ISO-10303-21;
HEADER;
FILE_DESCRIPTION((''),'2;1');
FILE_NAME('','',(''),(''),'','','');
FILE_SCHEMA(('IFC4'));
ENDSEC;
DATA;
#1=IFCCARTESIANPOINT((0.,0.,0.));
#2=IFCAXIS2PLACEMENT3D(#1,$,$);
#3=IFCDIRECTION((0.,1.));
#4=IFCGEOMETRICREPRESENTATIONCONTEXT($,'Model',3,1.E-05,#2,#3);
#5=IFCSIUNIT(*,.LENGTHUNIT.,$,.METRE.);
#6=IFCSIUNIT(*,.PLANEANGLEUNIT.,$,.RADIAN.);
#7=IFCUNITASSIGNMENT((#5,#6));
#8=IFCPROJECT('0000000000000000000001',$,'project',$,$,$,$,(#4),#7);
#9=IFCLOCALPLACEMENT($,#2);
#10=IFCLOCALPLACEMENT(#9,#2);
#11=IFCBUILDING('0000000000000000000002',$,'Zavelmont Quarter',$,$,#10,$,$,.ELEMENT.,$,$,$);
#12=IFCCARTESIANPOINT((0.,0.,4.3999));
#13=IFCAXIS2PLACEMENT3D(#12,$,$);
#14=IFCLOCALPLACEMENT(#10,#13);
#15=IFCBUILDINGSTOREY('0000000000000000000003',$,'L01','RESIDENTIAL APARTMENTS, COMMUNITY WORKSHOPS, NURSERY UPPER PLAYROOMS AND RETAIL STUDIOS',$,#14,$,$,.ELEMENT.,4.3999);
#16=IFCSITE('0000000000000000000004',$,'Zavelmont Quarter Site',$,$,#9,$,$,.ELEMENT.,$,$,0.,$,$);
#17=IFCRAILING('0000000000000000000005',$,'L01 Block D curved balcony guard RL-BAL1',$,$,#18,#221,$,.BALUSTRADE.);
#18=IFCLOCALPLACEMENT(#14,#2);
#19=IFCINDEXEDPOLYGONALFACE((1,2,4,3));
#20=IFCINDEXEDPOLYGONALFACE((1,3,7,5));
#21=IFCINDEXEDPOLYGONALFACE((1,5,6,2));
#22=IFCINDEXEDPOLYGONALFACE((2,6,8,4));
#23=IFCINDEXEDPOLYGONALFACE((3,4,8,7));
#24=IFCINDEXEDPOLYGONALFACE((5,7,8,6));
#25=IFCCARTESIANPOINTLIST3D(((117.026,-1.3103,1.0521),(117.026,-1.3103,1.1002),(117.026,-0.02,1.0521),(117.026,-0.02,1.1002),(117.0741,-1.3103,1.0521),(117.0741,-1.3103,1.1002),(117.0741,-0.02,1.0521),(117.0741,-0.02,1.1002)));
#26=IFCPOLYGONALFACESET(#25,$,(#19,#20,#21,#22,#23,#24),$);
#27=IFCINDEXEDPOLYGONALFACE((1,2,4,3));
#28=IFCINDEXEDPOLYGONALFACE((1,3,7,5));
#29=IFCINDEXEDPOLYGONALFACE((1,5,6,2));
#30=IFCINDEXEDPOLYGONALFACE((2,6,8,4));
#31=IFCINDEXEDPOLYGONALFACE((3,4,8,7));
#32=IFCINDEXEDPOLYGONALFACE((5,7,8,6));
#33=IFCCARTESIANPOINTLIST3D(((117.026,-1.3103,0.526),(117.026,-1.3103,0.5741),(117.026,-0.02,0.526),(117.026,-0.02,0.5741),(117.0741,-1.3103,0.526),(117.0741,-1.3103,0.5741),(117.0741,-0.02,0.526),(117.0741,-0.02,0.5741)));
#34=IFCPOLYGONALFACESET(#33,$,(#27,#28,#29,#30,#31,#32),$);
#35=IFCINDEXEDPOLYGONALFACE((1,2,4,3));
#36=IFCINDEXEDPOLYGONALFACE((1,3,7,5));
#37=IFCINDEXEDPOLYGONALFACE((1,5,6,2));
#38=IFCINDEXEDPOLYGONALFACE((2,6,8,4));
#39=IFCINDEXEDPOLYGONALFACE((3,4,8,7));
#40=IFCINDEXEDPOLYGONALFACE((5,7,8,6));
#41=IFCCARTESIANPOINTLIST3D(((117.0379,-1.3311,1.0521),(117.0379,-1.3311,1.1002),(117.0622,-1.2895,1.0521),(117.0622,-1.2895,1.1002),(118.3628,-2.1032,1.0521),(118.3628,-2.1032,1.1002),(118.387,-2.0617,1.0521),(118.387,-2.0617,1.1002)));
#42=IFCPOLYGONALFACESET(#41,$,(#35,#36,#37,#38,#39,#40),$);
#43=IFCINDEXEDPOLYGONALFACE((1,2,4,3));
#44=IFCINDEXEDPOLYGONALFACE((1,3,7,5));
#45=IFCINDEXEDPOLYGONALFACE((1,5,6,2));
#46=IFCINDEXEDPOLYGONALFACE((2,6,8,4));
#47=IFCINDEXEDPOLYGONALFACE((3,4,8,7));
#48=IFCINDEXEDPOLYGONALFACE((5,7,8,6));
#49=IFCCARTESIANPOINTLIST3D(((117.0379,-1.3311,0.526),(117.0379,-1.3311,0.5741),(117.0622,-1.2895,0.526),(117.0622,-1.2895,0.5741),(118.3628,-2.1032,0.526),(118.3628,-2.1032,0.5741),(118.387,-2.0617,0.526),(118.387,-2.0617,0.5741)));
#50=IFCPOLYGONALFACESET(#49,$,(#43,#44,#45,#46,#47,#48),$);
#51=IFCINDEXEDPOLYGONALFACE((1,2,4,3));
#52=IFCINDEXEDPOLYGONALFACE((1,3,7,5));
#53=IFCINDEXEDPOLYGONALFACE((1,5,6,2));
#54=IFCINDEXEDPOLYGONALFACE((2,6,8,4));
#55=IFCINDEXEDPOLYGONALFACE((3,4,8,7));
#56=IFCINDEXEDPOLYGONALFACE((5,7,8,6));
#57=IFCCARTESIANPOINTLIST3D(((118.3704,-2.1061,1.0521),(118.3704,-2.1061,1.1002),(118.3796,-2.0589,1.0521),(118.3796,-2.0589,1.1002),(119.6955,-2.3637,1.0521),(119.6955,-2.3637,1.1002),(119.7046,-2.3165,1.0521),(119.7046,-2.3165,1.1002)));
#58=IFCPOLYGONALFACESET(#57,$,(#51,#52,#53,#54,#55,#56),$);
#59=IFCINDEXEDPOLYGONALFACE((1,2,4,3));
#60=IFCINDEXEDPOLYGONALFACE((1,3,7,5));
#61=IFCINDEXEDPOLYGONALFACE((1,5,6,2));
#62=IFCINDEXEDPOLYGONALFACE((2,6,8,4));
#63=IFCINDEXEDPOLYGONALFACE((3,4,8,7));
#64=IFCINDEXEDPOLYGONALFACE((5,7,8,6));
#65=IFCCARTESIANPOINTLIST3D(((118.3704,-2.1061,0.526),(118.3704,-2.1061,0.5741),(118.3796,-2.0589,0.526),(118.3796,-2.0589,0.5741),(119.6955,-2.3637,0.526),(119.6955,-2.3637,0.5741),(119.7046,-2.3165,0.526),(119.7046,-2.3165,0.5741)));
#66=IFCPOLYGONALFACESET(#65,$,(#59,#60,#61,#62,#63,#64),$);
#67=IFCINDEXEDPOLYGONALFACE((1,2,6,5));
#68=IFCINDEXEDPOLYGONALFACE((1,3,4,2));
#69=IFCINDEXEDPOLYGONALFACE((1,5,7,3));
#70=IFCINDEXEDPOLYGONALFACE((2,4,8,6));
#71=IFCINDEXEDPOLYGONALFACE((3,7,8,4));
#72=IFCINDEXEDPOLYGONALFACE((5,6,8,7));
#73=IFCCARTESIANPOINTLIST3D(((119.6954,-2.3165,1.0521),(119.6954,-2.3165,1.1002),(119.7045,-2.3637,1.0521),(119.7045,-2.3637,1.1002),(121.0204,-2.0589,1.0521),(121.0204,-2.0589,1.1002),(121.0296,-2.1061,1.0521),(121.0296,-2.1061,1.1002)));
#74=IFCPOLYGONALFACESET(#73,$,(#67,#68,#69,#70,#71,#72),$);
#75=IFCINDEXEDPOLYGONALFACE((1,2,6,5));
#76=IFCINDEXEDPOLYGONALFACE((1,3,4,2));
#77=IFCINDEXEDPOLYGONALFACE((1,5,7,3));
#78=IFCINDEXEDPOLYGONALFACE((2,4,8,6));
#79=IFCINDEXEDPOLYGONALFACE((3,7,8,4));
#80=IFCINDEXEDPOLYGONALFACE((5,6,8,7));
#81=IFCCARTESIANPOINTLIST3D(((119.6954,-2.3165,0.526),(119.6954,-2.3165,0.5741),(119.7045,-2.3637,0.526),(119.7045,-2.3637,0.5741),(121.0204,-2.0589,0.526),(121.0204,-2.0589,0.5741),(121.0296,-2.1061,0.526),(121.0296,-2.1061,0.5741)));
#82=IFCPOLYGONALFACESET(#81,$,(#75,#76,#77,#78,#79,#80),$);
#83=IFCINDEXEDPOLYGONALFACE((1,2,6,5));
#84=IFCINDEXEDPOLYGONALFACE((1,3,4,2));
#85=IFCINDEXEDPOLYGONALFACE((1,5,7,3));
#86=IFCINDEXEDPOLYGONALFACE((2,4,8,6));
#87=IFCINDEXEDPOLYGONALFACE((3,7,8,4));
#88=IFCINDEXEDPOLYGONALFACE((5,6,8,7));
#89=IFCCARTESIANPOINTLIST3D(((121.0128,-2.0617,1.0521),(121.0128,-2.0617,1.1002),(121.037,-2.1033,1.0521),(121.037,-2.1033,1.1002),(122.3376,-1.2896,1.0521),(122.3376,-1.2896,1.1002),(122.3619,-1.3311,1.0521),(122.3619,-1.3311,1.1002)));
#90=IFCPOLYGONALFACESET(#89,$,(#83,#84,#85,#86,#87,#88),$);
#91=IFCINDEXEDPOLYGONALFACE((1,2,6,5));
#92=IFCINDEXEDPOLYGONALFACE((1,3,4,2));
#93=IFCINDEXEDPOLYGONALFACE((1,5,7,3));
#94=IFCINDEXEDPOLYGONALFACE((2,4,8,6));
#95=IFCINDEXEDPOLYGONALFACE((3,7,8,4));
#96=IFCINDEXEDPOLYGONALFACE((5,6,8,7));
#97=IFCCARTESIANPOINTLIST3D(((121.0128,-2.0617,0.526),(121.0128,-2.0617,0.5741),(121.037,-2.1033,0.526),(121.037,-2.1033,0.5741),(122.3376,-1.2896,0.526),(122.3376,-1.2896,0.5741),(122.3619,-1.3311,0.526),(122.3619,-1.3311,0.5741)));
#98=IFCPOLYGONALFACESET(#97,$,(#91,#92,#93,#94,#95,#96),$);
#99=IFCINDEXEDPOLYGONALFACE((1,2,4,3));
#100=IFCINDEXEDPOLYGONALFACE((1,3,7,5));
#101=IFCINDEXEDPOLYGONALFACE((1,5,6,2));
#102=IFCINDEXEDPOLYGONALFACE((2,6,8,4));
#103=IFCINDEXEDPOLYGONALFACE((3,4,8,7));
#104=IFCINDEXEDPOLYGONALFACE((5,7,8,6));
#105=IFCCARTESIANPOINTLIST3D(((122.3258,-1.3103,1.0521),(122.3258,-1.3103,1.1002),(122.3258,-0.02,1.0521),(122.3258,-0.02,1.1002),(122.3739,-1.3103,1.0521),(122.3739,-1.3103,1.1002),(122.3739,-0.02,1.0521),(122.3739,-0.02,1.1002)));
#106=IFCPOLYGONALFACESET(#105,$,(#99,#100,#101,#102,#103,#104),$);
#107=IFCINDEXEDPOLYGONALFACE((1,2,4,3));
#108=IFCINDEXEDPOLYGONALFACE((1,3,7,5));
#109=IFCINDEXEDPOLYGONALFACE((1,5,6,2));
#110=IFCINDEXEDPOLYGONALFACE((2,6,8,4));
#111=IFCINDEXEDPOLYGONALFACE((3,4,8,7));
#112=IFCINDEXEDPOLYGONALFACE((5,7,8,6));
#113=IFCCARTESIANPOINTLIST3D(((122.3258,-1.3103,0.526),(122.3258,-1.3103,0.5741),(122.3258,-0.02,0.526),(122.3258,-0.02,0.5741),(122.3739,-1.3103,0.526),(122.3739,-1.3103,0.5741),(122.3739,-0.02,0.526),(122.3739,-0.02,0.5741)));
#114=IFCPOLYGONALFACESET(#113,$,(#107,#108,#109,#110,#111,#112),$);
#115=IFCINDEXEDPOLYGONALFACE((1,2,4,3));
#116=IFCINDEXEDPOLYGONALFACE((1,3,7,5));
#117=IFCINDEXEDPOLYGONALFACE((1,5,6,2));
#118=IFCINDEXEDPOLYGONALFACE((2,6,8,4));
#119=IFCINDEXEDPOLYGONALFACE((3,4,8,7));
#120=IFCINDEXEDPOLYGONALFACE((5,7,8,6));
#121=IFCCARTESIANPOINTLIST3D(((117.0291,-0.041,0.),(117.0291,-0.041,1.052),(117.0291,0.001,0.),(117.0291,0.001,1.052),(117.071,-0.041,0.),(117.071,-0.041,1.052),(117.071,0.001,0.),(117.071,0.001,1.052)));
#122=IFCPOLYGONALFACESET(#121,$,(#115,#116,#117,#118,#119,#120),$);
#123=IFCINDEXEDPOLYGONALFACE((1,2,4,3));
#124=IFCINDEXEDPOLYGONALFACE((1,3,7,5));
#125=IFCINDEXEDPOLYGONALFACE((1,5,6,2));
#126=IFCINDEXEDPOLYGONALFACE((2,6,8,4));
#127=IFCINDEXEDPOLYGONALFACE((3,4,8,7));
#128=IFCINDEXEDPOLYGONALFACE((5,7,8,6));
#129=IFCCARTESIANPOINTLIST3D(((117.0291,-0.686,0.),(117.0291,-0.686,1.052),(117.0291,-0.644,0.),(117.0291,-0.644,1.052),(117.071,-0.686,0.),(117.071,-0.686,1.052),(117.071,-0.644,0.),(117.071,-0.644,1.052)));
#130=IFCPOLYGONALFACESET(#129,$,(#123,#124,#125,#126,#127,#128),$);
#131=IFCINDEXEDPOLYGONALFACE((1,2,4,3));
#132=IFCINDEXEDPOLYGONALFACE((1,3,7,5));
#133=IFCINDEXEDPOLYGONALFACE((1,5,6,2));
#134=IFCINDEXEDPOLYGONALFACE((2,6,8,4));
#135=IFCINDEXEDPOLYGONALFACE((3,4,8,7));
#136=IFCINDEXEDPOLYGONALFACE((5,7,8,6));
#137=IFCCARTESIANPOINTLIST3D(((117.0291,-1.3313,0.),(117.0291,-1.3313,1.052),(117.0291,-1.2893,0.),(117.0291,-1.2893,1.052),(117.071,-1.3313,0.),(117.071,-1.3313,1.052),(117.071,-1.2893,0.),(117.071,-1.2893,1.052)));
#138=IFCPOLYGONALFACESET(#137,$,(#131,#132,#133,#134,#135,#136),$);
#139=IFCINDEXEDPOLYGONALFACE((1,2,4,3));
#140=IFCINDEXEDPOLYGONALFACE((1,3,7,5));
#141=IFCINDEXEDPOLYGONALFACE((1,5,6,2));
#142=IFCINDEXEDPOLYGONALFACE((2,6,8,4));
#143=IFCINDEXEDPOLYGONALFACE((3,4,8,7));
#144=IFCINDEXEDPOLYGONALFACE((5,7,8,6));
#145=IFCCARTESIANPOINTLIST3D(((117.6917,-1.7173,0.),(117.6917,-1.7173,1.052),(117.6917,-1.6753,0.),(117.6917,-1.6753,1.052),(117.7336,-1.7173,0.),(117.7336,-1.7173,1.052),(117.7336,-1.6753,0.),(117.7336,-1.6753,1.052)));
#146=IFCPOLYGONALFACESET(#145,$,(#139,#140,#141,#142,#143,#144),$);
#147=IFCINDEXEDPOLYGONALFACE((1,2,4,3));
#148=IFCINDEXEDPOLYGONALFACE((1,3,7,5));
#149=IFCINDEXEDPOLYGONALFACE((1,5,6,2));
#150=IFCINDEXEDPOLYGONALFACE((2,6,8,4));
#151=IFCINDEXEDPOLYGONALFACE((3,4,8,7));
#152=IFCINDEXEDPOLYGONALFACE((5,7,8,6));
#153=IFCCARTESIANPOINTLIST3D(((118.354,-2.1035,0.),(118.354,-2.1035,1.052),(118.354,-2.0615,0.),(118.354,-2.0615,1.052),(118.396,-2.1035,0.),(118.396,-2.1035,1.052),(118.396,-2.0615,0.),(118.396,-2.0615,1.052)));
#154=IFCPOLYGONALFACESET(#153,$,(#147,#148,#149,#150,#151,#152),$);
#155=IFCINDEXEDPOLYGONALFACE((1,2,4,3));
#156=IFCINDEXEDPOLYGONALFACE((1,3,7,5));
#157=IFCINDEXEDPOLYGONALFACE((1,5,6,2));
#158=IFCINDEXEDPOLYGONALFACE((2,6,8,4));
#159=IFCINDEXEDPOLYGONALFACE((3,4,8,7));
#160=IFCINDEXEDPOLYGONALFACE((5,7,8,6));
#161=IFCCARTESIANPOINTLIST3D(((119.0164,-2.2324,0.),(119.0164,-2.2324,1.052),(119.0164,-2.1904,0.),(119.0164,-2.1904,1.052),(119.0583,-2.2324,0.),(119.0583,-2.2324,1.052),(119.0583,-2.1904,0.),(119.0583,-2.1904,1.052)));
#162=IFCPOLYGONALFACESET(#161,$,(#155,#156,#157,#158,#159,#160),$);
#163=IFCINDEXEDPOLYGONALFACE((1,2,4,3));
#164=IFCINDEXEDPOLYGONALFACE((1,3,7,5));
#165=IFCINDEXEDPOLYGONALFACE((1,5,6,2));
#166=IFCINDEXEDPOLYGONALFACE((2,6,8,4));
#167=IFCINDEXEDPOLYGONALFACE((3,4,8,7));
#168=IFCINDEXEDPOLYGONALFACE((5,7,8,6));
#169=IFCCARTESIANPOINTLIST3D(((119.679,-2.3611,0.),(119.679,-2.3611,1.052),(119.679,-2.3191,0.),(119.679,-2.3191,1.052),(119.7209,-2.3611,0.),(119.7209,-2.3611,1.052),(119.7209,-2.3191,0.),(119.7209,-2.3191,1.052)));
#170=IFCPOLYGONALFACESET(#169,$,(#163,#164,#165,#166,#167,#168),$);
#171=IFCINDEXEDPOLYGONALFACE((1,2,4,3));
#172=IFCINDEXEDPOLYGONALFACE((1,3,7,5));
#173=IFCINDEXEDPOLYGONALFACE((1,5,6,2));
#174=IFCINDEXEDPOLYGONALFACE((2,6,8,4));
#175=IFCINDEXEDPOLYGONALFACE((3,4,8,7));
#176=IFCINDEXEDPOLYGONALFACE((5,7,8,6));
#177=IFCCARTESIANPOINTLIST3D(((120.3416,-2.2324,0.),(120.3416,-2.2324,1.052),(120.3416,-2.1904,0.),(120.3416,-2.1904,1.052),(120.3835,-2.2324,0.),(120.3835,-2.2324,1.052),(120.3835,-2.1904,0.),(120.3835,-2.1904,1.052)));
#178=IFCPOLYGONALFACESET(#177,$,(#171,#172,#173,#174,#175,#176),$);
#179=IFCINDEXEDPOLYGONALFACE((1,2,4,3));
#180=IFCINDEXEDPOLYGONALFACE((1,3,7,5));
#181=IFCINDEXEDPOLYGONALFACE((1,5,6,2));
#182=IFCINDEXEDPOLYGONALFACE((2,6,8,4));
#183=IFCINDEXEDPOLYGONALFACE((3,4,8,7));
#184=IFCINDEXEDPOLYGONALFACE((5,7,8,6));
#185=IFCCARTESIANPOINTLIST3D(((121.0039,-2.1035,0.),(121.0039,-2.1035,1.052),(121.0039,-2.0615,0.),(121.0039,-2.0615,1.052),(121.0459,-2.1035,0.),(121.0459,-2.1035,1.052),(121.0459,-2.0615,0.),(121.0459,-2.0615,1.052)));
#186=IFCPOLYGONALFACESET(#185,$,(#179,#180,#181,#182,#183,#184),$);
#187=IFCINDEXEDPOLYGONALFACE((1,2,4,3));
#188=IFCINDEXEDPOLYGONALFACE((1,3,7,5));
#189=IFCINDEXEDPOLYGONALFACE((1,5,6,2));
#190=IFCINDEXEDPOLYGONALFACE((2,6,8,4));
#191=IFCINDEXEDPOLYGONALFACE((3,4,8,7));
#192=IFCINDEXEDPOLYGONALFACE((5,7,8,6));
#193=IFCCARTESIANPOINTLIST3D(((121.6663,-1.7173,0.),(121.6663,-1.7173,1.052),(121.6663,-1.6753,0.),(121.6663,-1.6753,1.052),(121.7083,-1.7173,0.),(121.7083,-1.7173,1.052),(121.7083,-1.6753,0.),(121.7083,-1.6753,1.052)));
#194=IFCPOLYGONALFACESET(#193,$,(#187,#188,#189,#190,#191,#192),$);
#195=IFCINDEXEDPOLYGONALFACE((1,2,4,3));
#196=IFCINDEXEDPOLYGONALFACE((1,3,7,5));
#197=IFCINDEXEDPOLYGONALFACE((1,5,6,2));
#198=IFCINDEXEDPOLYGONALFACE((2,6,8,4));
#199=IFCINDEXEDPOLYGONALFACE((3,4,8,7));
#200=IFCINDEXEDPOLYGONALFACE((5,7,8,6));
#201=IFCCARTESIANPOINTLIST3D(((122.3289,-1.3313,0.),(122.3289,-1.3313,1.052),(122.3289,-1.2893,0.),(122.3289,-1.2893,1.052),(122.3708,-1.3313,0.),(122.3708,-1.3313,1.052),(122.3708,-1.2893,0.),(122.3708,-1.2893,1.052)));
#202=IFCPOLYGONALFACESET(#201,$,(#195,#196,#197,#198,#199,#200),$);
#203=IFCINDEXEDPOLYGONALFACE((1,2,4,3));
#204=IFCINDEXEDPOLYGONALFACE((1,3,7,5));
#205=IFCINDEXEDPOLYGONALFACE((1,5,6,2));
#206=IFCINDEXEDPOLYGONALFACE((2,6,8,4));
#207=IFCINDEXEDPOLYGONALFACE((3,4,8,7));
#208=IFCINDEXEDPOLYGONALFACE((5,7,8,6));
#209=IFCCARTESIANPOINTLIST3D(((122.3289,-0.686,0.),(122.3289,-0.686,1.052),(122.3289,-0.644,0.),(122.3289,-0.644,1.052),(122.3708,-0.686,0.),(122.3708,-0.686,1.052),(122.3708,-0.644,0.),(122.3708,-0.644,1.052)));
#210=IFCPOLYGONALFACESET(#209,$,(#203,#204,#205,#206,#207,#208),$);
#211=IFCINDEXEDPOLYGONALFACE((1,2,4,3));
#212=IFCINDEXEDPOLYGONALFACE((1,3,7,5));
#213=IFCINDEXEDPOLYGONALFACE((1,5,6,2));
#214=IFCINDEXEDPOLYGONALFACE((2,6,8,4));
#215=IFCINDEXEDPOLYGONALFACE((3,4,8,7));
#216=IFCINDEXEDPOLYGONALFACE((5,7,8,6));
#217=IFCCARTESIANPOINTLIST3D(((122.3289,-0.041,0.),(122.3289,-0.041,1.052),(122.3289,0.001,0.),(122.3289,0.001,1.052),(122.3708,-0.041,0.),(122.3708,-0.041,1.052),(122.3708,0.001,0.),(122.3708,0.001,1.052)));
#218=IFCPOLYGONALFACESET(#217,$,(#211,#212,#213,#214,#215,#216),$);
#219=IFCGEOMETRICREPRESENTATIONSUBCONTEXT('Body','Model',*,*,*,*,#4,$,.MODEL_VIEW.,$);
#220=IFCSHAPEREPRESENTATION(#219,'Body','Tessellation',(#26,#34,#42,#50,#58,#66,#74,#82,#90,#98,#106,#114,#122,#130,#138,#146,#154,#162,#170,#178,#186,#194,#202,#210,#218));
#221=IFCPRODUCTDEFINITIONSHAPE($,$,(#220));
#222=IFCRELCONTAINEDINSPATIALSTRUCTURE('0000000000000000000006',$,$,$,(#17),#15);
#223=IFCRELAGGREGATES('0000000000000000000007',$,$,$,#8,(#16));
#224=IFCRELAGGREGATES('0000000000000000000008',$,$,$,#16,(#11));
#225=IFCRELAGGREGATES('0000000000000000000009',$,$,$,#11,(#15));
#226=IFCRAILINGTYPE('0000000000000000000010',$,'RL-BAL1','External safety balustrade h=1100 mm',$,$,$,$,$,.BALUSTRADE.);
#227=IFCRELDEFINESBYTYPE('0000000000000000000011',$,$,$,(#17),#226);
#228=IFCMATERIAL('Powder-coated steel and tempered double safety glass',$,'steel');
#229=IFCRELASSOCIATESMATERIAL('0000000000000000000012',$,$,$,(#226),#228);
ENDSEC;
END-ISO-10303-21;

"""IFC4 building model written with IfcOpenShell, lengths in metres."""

from ifc_helpers import new_model, si_unit, direction, frame, origin, origin_2d, place, context, subcontext, project, spatial, rectangle, extrude, material, type_object, element, save


model = new_model("IFC4")

# Units and contexts
model_context = context("Model", 3, precision=1e-05, world=origin(), true_north=direction((0.0, 1.0)))
body_context = subcontext(model_context, "Body", "Model", "MODEL_VIEW")
ifc_project = project(units=[si_unit("LENGTHUNIT", "METRE"), si_unit("PLANEANGLEUNIT", "RADIAN")], contexts=[model_context])

# Site, building, storey
site_placement = place(None, origin())
site = spatial("IfcSite", under=ifc_project, at=site_placement, Name="Zavelmont Quarter Site", CompositionType="ELEMENT", RefElevation=0.0)
building_placement = place(site_placement, origin())
building = spatial("IfcBuilding", under=site, at=building_placement, Name="Zavelmont Quarter", CompositionType="ELEMENT")
storey_placement = place(building_placement, frame((0.0, 0.0, 4.3999)))
storey = spatial("IfcBuildingStorey", under=building, at=storey_placement, Name="L01", Description="RESIDENTIAL APARTMENTS, COMMUNITY WORKSHOPS, NURSERY UPPER PLAYROOMS AND RETAIL STUDIOS", CompositionType="ELEMENT", Elevation=4.3999)

# Railing
ifc_material_1 = material(Name="Powder-coated steel and tempered double safety glass", Category="steel")
railing_type = type_object("IfcRailingType", Name="RL-BAL1", Description="External safety balustrade h=1100 mm", PredefinedType="BALUSTRADE", material=ifc_material_1)
railing_placement = place(storey_placement, frame((117.05, -0.02, 0.0)))
element("IfcRailing", 1, at=railing_placement, inside=storey, type_object=railing_type, Name="L01 Block D curved balcony guard RL-BAL1", PredefinedType="BALUSTRADE", context=body_context, shape_type="SweptSolid", body=[
    extrude(rectangle(XDim=0.0481, YDim=0.0481, at=origin_2d()), frame((0.0, 0.0, 1.0762), z_axis=(0.0, -1.0, 0.0), x_axis=(1.0, 0.0, 0.0)), (0.0, 0.0, 1.0), 1.2903),
    extrude(rectangle(XDim=0.0481, YDim=0.0481, at=origin_2d()), frame((0.0, 0.0, 0.55), z_axis=(0.0, -1.0, 0.0), x_axis=(1.0, 0.0, 0.0)), (0.0, 0.0, 1.0), 1.2903),
    extrude(rectangle(XDim=0.0481, YDim=0.0481, at=origin_2d()), frame((0.0, -1.2903, 1.0762), z_axis=(0.863969, -0.503544, 0.0), x_axis=(0.503544, 0.863969, 0.0)), (0.0, 0.0, 1.0), 1.5334),
    extrude(rectangle(XDim=0.0481, YDim=0.0481, at=origin_2d()), frame((0.0, -1.2903, 0.55), z_axis=(0.863969, -0.503544, 0.0), x_axis=(0.503544, 0.863969, 0.0)), (0.0, 0.0, 1.0), 1.5334),
    extrude(rectangle(XDim=0.0481, YDim=0.0481, at=origin_2d()), frame((1.325, -2.0625, 1.0762), z_axis=(0.981624, -0.190826, 0.0), x_axis=(0.190826, 0.981624, 0.0)), (0.0, 0.0, 1.0), 1.3499),
    extrude(rectangle(XDim=0.0481, YDim=0.0481, at=origin_2d()), frame((1.325, -2.0625, 0.55), z_axis=(0.981624, -0.190826, 0.0), x_axis=(0.190826, 0.981624, 0.0)), (0.0, 0.0, 1.0), 1.3499),
    extrude(rectangle(XDim=0.0481, YDim=0.0481, at=origin_2d()), frame((2.6499, -2.3201, 1.0762), z_axis=(0.981624, 0.190826, 0.0), x_axis=(-0.190826, 0.981624, 0.0)), (0.0, 0.0, 1.0), 1.3499),
    extrude(rectangle(XDim=0.0481, YDim=0.0481, at=origin_2d()), frame((2.6499, -2.3201, 0.55), z_axis=(0.981624, 0.190826, 0.0), x_axis=(-0.190826, 0.981624, 0.0)), (0.0, 0.0, 1.0), 1.3499),
    extrude(rectangle(XDim=0.0481, YDim=0.0481, at=origin_2d()), frame((3.9749, -2.0625, 1.0762), z_axis=(0.863969, 0.503544, 0.0), x_axis=(-0.503544, 0.863969, 0.0)), (0.0, 0.0, 1.0), 1.5334),
    extrude(rectangle(XDim=0.0481, YDim=0.0481, at=origin_2d()), frame((3.9749, -2.0625, 0.55), z_axis=(0.863969, 0.503544, 0.0), x_axis=(-0.503544, 0.863969, 0.0)), (0.0, 0.0, 1.0), 1.5334),
    extrude(rectangle(XDim=0.0481, YDim=0.0481, at=origin_2d()), frame((5.2998, -1.2903, 1.0762), z_axis=(0.0, 1.0, 0.0), x_axis=(-1.0, 0.0, 0.0)), (0.0, 0.0, 1.0), 1.2903),
    extrude(rectangle(XDim=0.0481, YDim=0.0481, at=origin_2d()), frame((5.2998, -1.2903, 0.55), z_axis=(0.0, 1.0, 0.0), x_axis=(-1.0, 0.0, 0.0)), (0.0, 0.0, 1.0), 1.2903),
    extrude(rectangle(XDim=0.042, YDim=0.042, at=origin_2d()), origin(), (0.0, 0.0, 1.0), 1.052),
    extrude(rectangle(XDim=0.042, YDim=0.042, at=origin_2d()), frame((0.0, -0.645, 0.0)), (0.0, 0.0, 1.0), 1.052),
    extrude(rectangle(XDim=0.042, YDim=0.042, at=origin_2d()), frame((0.0, -1.2903, 0.0)), (0.0, 0.0, 1.0), 1.052),
    extrude(rectangle(XDim=0.042, YDim=0.042, at=origin_2d()), frame((0.6626, -1.6763, 0.0)), (0.0, 0.0, 1.0), 1.052),
    extrude(rectangle(XDim=0.042, YDim=0.042, at=origin_2d()), frame((1.325, -2.0625, 0.0)), (0.0, 0.0, 1.0), 1.052),
    extrude(rectangle(XDim=0.042, YDim=0.042, at=origin_2d()), frame((1.9873, -2.1914, 0.0)), (0.0, 0.0, 1.0), 1.052),
    extrude(rectangle(XDim=0.042, YDim=0.042, at=origin_2d()), frame((2.6499, -2.3201, 0.0)), (0.0, 0.0, 1.0), 1.052),
    extrude(rectangle(XDim=0.042, YDim=0.042, at=origin_2d()), frame((3.3125, -2.1914, 0.0)), (0.0, 0.0, 1.0), 1.052),
    extrude(rectangle(XDim=0.042, YDim=0.042, at=origin_2d()), frame((3.9749, -2.0625, 0.0)), (0.0, 0.0, 1.0), 1.052),
    extrude(rectangle(XDim=0.042, YDim=0.042, at=origin_2d()), frame((4.6372, -1.6763, 0.0)), (0.0, 0.0, 1.0), 1.052),
    extrude(rectangle(XDim=0.042, YDim=0.042, at=origin_2d()), frame((5.2998, -1.2903, 0.0)), (0.0, 0.0, 1.0), 1.052),
    extrude(rectangle(XDim=0.042, YDim=0.042, at=origin_2d()), frame((5.2998, -0.645, 0.0)), (0.0, 0.0, 1.0), 1.052),
    extrude(rectangle(XDim=0.042, YDim=0.042, at=origin_2d()), frame((5.2998, 0.0, 0.0)), (0.0, 0.0, 1.0), 1.052),
])

save(model, "model.ifc")
